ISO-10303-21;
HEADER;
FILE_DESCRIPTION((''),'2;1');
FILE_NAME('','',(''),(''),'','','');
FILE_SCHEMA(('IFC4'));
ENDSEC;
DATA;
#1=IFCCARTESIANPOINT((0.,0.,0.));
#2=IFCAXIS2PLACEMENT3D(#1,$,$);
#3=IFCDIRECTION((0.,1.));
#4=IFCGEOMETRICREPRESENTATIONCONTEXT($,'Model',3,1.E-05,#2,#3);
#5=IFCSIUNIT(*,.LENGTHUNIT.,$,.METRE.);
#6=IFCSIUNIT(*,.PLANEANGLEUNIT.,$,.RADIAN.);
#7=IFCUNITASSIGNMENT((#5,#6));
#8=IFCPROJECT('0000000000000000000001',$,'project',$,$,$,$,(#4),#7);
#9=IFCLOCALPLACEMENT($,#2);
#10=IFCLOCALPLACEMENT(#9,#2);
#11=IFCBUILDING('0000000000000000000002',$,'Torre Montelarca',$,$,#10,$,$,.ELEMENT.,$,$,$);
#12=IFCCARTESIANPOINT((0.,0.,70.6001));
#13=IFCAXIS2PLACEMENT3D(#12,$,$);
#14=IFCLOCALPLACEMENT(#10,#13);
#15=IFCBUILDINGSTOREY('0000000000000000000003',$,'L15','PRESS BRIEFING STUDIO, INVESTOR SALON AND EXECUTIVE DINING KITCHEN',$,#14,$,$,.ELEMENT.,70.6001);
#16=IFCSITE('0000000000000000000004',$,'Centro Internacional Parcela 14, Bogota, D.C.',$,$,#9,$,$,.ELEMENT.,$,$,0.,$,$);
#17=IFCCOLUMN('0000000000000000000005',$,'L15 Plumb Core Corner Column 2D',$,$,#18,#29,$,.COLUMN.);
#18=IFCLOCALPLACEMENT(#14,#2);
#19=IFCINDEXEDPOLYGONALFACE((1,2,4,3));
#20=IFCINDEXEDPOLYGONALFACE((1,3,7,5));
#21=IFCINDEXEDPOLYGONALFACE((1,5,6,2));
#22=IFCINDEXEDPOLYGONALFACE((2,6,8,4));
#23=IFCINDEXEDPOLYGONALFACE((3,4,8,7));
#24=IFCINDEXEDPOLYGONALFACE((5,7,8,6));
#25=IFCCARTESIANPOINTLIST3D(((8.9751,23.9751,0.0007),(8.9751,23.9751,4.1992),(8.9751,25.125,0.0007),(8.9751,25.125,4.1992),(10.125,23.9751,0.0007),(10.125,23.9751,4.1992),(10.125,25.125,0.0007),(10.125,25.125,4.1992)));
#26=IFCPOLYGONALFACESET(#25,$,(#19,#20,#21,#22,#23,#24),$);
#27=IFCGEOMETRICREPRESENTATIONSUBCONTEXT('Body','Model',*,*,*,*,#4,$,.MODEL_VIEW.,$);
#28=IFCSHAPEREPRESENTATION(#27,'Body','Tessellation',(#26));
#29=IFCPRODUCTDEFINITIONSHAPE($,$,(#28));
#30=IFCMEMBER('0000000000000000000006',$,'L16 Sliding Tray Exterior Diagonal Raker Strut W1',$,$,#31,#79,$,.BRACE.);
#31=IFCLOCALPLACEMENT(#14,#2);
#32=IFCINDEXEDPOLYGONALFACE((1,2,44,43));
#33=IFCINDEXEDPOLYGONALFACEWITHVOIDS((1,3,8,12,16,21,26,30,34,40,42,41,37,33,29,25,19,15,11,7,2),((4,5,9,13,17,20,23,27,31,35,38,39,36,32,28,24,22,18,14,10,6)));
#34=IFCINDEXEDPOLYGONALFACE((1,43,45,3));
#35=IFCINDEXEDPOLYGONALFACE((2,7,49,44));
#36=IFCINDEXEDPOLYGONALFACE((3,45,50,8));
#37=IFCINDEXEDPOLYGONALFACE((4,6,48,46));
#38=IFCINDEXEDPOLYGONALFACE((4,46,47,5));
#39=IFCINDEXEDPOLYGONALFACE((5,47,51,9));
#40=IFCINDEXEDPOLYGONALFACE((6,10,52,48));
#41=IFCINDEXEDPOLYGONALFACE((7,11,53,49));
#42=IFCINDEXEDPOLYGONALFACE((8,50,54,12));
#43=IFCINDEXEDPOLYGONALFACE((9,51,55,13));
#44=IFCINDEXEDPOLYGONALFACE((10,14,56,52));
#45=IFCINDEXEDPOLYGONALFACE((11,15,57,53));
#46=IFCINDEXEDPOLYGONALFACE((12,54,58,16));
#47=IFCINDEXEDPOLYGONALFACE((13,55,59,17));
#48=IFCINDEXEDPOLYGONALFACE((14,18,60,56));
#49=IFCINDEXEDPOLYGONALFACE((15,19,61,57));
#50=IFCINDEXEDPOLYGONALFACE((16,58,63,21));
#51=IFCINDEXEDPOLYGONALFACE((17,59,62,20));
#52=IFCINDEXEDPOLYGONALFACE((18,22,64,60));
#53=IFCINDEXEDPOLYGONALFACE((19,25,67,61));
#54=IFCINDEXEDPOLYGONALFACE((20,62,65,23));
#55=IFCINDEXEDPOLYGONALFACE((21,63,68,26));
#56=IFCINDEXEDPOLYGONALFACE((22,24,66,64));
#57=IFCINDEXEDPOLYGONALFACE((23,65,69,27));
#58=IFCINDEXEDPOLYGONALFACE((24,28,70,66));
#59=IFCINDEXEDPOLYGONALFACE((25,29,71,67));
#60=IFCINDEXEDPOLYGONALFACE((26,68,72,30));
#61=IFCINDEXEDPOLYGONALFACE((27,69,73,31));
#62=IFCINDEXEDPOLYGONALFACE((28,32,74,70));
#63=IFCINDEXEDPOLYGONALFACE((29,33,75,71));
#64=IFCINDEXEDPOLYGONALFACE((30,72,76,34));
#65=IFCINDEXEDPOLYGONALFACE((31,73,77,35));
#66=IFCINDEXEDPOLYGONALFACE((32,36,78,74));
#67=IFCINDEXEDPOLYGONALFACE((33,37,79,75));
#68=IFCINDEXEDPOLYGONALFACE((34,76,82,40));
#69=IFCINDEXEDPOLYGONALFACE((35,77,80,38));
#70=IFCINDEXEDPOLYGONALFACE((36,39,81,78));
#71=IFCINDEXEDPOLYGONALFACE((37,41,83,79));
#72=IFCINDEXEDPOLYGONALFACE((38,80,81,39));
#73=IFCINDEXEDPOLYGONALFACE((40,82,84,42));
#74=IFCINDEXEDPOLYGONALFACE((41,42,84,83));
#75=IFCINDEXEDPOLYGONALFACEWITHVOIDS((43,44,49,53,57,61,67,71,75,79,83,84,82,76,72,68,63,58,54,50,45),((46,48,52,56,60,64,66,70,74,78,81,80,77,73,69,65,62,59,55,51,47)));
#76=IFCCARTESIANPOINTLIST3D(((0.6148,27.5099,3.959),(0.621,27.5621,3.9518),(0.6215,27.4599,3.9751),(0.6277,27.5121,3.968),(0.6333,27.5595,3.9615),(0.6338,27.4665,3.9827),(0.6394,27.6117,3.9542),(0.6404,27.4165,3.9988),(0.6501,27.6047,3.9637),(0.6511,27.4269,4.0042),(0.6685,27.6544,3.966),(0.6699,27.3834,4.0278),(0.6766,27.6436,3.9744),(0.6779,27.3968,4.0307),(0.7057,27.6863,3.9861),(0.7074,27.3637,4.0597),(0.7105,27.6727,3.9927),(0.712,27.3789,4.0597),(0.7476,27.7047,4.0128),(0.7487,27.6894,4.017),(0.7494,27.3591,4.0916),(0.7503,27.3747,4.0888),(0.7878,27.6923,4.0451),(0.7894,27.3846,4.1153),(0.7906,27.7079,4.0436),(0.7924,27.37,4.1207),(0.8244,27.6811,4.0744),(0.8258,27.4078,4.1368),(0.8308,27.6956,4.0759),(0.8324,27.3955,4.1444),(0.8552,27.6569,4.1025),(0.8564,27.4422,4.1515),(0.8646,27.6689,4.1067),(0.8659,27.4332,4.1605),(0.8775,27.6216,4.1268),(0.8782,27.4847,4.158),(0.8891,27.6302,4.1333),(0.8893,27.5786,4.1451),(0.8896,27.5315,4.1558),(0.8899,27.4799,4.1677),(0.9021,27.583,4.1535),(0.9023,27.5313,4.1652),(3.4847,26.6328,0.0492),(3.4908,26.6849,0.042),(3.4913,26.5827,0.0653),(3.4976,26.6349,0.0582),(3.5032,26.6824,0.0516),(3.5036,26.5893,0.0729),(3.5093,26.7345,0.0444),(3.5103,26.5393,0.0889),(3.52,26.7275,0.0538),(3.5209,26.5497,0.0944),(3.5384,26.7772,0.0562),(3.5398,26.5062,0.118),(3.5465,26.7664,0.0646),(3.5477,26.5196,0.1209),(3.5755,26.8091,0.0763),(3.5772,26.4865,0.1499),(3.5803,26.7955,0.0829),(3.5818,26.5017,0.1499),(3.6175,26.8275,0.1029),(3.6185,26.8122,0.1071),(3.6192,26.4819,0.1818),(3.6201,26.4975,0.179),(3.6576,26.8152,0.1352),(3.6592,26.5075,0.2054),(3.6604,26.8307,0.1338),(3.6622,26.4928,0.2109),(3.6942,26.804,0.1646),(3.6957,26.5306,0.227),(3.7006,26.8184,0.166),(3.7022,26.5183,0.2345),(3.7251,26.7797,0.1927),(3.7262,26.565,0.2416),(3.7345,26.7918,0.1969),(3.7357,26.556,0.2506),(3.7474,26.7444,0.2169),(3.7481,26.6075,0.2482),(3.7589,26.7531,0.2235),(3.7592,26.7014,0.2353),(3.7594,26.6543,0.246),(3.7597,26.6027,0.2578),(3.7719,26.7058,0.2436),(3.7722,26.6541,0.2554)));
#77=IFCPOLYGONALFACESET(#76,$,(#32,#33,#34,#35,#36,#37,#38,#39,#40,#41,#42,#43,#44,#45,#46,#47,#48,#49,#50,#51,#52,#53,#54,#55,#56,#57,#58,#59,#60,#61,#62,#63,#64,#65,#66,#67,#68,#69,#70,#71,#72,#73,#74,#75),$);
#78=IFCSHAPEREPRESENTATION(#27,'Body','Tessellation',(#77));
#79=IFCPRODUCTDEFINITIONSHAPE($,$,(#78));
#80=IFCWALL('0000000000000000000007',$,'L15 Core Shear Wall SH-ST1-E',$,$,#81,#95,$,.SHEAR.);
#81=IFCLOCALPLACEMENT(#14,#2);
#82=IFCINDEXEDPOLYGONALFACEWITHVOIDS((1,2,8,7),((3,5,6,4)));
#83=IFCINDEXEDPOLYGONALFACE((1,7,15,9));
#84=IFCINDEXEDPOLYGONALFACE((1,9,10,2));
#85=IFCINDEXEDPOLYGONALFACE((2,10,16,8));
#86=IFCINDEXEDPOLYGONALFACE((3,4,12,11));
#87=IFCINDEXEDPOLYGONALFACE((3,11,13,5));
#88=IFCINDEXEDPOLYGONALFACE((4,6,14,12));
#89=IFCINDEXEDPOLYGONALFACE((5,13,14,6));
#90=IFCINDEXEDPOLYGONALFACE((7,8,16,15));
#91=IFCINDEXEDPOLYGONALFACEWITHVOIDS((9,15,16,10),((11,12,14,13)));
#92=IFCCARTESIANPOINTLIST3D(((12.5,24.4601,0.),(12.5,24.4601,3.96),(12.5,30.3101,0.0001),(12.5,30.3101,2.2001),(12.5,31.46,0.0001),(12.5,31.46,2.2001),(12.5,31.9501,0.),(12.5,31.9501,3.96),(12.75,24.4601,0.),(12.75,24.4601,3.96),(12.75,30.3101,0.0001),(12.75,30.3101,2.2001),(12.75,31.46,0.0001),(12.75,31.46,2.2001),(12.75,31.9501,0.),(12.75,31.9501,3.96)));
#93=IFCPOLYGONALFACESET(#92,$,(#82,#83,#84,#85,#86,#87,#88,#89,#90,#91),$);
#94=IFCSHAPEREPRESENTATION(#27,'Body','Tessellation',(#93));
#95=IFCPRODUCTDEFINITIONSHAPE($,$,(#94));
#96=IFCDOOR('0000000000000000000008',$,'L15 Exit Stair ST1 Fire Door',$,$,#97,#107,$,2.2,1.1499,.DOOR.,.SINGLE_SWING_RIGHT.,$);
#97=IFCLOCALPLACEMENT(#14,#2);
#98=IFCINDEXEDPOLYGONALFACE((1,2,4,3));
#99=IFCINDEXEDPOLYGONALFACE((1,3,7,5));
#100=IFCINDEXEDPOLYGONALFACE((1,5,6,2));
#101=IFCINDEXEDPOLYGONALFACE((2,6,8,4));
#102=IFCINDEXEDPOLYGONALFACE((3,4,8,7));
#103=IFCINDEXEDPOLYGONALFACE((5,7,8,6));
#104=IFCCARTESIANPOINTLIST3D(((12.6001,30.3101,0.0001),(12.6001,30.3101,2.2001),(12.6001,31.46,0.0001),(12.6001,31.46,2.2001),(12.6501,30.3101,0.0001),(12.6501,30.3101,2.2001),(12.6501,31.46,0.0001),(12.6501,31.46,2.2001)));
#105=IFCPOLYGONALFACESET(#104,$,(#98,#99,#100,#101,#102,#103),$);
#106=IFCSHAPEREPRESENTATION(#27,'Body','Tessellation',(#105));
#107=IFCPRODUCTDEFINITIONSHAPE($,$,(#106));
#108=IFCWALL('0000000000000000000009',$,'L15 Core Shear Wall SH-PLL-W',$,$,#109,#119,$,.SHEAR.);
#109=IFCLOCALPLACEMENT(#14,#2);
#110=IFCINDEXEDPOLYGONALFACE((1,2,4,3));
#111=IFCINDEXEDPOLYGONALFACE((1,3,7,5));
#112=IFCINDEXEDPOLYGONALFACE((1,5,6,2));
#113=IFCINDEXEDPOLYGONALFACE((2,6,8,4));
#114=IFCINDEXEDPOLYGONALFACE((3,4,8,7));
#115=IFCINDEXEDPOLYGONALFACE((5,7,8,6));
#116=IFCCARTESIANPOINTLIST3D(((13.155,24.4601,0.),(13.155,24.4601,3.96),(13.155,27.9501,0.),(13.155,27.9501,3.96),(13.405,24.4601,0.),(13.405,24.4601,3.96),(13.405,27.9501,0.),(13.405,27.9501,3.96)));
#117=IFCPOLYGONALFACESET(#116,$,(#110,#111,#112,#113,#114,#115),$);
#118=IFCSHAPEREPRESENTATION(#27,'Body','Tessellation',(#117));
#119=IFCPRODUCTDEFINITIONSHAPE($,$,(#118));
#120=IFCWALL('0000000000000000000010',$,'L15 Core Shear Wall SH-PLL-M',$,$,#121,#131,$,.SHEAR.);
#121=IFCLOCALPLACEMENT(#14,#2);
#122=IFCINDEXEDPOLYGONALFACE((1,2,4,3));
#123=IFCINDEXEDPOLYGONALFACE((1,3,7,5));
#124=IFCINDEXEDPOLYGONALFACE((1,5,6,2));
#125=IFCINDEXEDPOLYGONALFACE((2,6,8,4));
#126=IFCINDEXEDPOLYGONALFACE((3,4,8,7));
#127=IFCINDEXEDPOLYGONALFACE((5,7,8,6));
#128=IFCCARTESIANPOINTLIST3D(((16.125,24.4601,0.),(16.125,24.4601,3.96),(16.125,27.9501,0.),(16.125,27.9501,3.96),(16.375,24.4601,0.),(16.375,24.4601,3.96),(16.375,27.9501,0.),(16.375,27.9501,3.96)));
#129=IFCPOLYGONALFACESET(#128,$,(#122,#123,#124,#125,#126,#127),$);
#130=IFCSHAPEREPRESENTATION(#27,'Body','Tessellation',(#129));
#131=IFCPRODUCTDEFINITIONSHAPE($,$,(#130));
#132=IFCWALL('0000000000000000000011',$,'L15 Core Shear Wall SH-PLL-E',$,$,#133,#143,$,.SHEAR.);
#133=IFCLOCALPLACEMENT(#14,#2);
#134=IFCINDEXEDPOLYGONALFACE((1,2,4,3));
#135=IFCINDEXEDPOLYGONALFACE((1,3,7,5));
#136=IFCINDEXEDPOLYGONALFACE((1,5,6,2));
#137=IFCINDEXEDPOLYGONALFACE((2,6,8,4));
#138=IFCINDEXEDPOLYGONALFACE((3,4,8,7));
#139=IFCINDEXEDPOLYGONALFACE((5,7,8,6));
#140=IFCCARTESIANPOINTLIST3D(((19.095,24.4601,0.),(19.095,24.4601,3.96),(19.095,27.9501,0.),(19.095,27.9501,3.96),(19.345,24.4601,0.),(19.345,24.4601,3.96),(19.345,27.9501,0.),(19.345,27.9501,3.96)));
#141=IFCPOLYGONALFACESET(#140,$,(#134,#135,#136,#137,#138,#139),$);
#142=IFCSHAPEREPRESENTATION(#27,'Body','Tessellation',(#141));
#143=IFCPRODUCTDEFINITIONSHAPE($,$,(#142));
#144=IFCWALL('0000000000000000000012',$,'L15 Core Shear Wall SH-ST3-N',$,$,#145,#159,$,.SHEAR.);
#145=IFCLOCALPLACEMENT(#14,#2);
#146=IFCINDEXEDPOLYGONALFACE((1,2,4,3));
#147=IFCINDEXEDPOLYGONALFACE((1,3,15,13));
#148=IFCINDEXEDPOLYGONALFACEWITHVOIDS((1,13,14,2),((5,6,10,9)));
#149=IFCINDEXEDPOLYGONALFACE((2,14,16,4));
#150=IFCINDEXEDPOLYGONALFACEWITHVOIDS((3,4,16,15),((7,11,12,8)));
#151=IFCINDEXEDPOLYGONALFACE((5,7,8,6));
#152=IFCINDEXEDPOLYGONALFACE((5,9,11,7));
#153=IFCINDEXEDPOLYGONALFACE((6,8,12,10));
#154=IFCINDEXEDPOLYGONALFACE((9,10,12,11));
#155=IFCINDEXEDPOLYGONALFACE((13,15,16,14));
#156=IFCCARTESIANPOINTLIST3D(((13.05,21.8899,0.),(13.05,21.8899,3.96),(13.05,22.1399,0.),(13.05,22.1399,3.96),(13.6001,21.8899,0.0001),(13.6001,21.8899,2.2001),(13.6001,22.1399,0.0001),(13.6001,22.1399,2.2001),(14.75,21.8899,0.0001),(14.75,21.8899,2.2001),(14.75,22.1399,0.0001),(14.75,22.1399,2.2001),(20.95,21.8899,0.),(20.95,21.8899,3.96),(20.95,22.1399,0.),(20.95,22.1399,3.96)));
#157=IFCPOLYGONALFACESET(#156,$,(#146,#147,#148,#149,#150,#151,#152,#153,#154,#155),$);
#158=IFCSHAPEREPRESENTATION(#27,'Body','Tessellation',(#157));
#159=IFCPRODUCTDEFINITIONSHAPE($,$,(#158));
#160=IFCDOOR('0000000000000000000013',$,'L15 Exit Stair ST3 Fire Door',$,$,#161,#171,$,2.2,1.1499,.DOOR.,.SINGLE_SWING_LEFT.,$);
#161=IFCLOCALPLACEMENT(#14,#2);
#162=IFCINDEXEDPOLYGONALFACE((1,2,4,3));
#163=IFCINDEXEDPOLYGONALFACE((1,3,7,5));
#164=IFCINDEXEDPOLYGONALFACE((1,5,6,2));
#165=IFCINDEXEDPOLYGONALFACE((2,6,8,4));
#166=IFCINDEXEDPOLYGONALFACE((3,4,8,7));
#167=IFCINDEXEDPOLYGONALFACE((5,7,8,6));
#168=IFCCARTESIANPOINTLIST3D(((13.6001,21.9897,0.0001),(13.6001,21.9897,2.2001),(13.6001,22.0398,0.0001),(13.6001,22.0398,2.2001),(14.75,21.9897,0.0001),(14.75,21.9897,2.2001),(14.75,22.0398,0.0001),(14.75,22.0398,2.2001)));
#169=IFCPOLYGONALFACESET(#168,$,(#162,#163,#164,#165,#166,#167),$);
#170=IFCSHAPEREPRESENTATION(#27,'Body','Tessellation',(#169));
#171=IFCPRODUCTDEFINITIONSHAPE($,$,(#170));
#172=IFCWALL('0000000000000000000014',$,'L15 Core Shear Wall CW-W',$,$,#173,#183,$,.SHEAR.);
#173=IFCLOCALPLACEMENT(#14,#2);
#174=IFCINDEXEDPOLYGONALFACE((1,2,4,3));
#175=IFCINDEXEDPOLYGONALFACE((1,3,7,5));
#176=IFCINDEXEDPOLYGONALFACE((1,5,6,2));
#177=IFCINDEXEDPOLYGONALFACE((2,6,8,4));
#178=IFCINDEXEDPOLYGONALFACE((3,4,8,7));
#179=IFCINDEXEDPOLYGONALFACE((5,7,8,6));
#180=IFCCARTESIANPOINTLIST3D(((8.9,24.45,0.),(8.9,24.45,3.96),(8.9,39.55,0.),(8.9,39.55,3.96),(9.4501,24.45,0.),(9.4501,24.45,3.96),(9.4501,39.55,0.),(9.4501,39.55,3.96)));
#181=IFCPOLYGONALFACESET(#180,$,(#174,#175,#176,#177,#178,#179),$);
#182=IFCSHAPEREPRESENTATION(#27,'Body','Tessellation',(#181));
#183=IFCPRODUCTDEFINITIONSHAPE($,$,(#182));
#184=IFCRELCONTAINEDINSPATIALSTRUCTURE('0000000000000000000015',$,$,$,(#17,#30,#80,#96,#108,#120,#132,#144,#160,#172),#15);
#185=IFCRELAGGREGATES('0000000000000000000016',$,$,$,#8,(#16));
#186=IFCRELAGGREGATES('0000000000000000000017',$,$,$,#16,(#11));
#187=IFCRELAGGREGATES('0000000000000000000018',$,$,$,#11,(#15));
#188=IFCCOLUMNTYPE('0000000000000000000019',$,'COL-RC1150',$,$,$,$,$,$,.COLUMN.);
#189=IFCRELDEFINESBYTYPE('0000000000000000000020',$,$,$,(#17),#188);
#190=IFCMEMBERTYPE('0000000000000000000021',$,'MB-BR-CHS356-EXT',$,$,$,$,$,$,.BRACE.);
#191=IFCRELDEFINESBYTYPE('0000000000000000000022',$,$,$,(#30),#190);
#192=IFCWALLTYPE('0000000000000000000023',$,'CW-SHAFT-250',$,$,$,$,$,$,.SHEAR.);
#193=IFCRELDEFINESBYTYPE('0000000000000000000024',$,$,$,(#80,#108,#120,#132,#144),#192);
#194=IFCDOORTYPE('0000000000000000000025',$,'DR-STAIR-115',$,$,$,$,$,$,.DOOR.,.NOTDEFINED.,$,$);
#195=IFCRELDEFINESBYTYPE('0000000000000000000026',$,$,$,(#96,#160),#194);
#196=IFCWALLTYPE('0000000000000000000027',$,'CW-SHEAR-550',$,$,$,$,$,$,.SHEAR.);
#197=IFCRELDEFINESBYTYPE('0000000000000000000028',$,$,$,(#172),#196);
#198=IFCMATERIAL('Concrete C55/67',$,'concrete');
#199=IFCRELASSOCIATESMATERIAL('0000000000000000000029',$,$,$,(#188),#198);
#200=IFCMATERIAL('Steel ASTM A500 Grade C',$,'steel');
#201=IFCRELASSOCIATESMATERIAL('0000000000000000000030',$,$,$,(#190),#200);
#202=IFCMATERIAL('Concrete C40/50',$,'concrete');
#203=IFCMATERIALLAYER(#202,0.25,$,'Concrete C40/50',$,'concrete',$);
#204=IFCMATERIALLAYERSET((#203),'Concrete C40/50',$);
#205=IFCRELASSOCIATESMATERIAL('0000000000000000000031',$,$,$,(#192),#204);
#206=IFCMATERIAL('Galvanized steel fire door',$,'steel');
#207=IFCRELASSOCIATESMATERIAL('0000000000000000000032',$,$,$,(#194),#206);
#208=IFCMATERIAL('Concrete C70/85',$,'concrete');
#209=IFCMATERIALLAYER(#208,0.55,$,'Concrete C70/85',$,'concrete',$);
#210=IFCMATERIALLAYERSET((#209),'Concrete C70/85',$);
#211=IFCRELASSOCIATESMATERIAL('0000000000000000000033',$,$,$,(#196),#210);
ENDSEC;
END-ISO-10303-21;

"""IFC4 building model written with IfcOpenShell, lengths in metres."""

from ifc_helpers import new_model, si_unit, direction, frame, frame_2d, origin, origin_2d, place, context, subcontext, project, spatial, rectangle, hollow_circle, extrude, source, transform, mapped, material, layer, layer_set, material_profile, profile_set, type_object, element, fill, save


model = new_model("IFC4")

# Units and contexts
model_context = context("Model", 3, precision=1e-05, world=origin(), true_north=direction((0.0, 1.0)))
body_context = subcontext(model_context, "Body", "Model", "MODEL_VIEW")
ifc_project = project(units=[si_unit("LENGTHUNIT", "METRE"), si_unit("PLANEANGLEUNIT", "RADIAN")], contexts=[model_context])

# Site, building, storey
site_placement = place(None, origin())
site = spatial("IfcSite", under=ifc_project, at=site_placement, Name="Centro Internacional Parcela 14, Bogota, D.C.", CompositionType="ELEMENT", RefElevation=0.0)
building_placement = place(site_placement, origin())
building = spatial("IfcBuilding", under=site, at=building_placement, Name="Torre Montelarca", CompositionType="ELEMENT")
storey_placement = place(building_placement, frame((0.0, 0.0, 70.6001)))
storey = spatial("IfcBuildingStorey", under=building, at=storey_placement, Name="L15", Description="PRESS BRIEFING STUDIO, INVESTOR SALON AND EXECUTIVE DINING KITCHEN", CompositionType="ELEMENT", Elevation=70.6001)

# Column
ifc_material_1 = material(Name="Concrete C70/85", Category="concrete")
ifc_material_2 = material(Name="Concrete C55/67", Category="concrete")
ifc_material_profile_1 = material_profile(ifc_material_2, rectangle(XDim=1.1499, YDim=1.1499, at=origin_2d()), Name="RC1150X1150", Category="concrete")
ifc_profile_set_1 = profile_set([ifc_material_profile_1], Name="Concrete C55/67")
column_type_1 = type_object("IfcColumnType", Name="COL-RC1150", PredefinedType="COLUMN", material=ifc_profile_set_1)
shared_shape_1 = source(origin(), body_context, "Body", "SweptSolid", [
    extrude(rectangle(XDim=1.1499, YDim=1.1499, at=origin_2d()), origin(), (0.0, 0.0, 1.0), 4.1985),
])
column_1_placement = place(storey_placement, frame((9.55, 24.55, 0.0007), z_axis=(0.0, 0.0, 1.0), x_axis=(1.0, 0.0, 0.0)))
element("IfcColumn", 1, at=column_1_placement, inside=storey, type_object=column_type_1, Name="L15 Plumb Core Corner Column 2D", PredefinedType="COLUMN", context=body_context, shape_type="MappedRepresentation", body=[
    mapped(shared_shape_1, transform((0.0, 0.0, 0.0), scale=1.0)),
])

# Member
ifc_material_3 = material(Name="Steel ASTM A500 Grade C", Category="steel")
ifc_material_profile_2 = material_profile(ifc_material_3, hollow_circle(Radius=0.1777, WallThickness=0.0159, at=origin_2d()), Name="HSS355.6X15.9", Category="steel")
ifc_profile_set_2 = profile_set([ifc_material_profile_2], Name="Steel ASTM A500 Grade C")
member_type = type_object("IfcMemberType", Name="MB-BR-CHS356-EXT", PredefinedType="BRACE", material=ifc_profile_set_2)
shared_shape_2 = source(origin(), body_context, "Body", "SweptSolid", [
    extrude(hollow_circle(Radius=0.1777, WallThickness=0.0159, at=origin_2d()), origin(), (0.0, 0.0, 1.0), 4.9287),
])
member_placement = place(storey_placement, frame((3.6292, 26.6565, 0.1499), z_axis=(-0.582266, 0.177974, 0.793279), x_axis=(-0.292307, -0.956324, 0.0)))
element("IfcMember", 2, at=member_placement, inside=storey, type_object=member_type, Name="L16 Sliding Tray Exterior Diagonal Raker Strut W1", PredefinedType="BRACE", context=body_context, shape_type="MappedRepresentation", body=[
    mapped(shared_shape_2, transform((0.0, 0.0, 0.0), scale=1.0)),
])

# Wall, opening, door
ifc_material_4 = material(Name="Concrete C40/50", Category="concrete")
ifc_layer_1 = layer(ifc_material_4, 0.25, Name="Concrete C40/50", Category="concrete")
ifc_layer_set_1 = layer_set([ifc_layer_1], Name="Concrete C40/50")
wall_type_1 = type_object("IfcWallType", Name="CW-SHAFT-250", PredefinedType="SHEAR", material=ifc_layer_set_1)
wall_1_placement = place(storey_placement, frame((12.625, 24.46, 0.0), z_axis=(0.0, 0.0, 1.0), x_axis=(0.0, 1.0, 0.0)))
wall_1 = element("IfcWall", 3, at=wall_1_placement, inside=storey, type_object=wall_type_1, Name="L15 Core Shear Wall SH-ST1-E", PredefinedType="SHEAR", context=body_context, shape_type="SweptSolid", body=[
    extrude(rectangle(XDim=7.49, YDim=0.25, at=frame_2d((3.7451, 0.0))), origin(), (0.0, 0.0, 1.0), 3.96),
])
opening_1_placement = place(wall_1_placement, frame((5.8501, 0.0, 0.0)))
opening_1 = element("IfcOpeningElement", 4, at=opening_1_placement, cuts=wall_1, PredefinedType="OPENING", context=body_context, shape_type="SweptSolid", body=[
    extrude(rectangle(XDim=1.1499, YDim=2.2, at=frame_2d((0.575, 1.1001))), frame((0.0, 0.135, 0.0), z_axis=(0.0, -1.0, 0.0), x_axis=(1.0, 0.0, 0.0)), (0.0, 0.0, 1.0), 0.27),
])
ifc_material_5 = material(Name="Galvanized steel fire door", Category="steel")
door_type = type_object("IfcDoorType", Name="DR-STAIR-115", OperationType="NOTDEFINED", PredefinedType="DOOR", material=ifc_material_5)
shared_shape_3 = source(origin(), body_context, "Body", "SweptSolid", [
    extrude(rectangle(XDim=1.1499, YDim=2.2, at=frame_2d((0.575, 1.1001))), frame((0.0, 0.0249, 0.0), z_axis=(0.0, -1.0, 0.0), x_axis=(1.0, 0.0, 0.0)), (0.0, 0.0, 1.0), 0.05),
])
door_1_placement = place(opening_1_placement, origin())
door_1 = element("IfcDoor", 5, at=door_1_placement, inside=storey, type_object=door_type, Name="L15 Exit Stair ST1 Fire Door", OperationType="SINGLE_SWING_RIGHT", OverallHeight=2.2, OverallWidth=1.1499, PredefinedType="DOOR", context=body_context, shape_type="MappedRepresentation", body=[
    mapped(shared_shape_3, transform((0.0, 0.0, 0.0), scale=1.0)),
])
fill(opening_1, door_1)

# Walls
for number, where, z_axis, x_axis, name in (
    (6, (13.28, 24.46, 0.0), (0.0, 0.0, 1.0), (0.0, 1.0, 0.0), "L15 Core Shear Wall SH-PLL-W"),
    (7, (16.25, 24.46, 0.0), (0.0, 0.0, 1.0), (0.0, 1.0, 0.0), "L15 Core Shear Wall SH-PLL-M"),
    (8, (19.22, 24.46, 0.0), (0.0, 0.0, 1.0), (0.0, 1.0, 0.0), "L15 Core Shear Wall SH-PLL-E"),
):
    element("IfcWall", number, at=place(storey_placement, frame(where, z_axis=z_axis, x_axis=x_axis)), inside=storey, type_object=wall_type_1, Name=name, PredefinedType="SHEAR", context=body_context, shape_type="SweptSolid", body=[
        extrude(rectangle(XDim=3.49, YDim=0.25, at=frame_2d((1.7451, 0.0))), origin(), (0.0, 0.0, 1.0), 3.96),
    ])

# Wall, opening, door
wall_2_placement = place(storey_placement, frame((13.05, 22.0149, 0.0), z_axis=(0.0, 0.0, 1.0), x_axis=(1.0, 0.0, 0.0)))
wall_2 = element("IfcWall", 9, at=wall_2_placement, inside=storey, type_object=wall_type_1, Name="L15 Core Shear Wall SH-ST3-N", PredefinedType="SHEAR", context=body_context, shape_type="SweptSolid", body=[
    extrude(rectangle(XDim=7.8999, YDim=0.25, at=frame_2d((3.95, 0.0))), origin(), (0.0, 0.0, 1.0), 3.96),
])
opening_2_placement = place(wall_2_placement, frame((0.55, 0.0, 0.0)))
opening_2 = element("IfcOpeningElement", 10, at=opening_2_placement, cuts=wall_2, PredefinedType="OPENING", context=body_context, shape_type="SweptSolid", body=[
    extrude(rectangle(XDim=1.1499, YDim=2.2, at=frame_2d((0.575, 1.1001))), frame((0.0, 0.135, 0.0), z_axis=(0.0, -1.0, 0.0), x_axis=(1.0, 0.0, 0.0)), (0.0, 0.0, 1.0), 0.27),
])
door_2_placement = place(opening_2_placement, origin())
door_2 = element("IfcDoor", 11, at=door_2_placement, inside=storey, type_object=door_type, Name="L15 Exit Stair ST3 Fire Door", OperationType="SINGLE_SWING_LEFT", OverallHeight=2.2, OverallWidth=1.1499, PredefinedType="DOOR", context=body_context, shape_type="MappedRepresentation", body=[
    mapped(shared_shape_3, transform((0.0, 0.0, 0.0), scale=1.0)),
])
fill(opening_2, door_2)

# Wall
ifc_layer_2 = layer(ifc_material_1, 0.55, Name="Concrete C70/85", Category="concrete")
ifc_layer_set_2 = layer_set([ifc_layer_2], Name="Concrete C70/85")
wall_type_2 = type_object("IfcWallType", Name="CW-SHEAR-550", PredefinedType="SHEAR", material=ifc_layer_set_2)
wall_3_placement = place(storey_placement, frame((9.175, 24.45, 0.0), z_axis=(0.0, 0.0, 1.0), x_axis=(0.0, 1.0, 0.0)))
element("IfcWall", 12, at=wall_3_placement, inside=storey, type_object=wall_type_2, Name="L15 Core Shear Wall CW-W", PredefinedType="SHEAR", context=body_context, shape_type="SweptSolid", body=[
    extrude(rectangle(XDim=15.1001, YDim=0.55, at=frame_2d((7.55, 0.0))), origin(), (0.0, 0.0, 1.0), 3.96),
])

save(model, "model.ifc")
